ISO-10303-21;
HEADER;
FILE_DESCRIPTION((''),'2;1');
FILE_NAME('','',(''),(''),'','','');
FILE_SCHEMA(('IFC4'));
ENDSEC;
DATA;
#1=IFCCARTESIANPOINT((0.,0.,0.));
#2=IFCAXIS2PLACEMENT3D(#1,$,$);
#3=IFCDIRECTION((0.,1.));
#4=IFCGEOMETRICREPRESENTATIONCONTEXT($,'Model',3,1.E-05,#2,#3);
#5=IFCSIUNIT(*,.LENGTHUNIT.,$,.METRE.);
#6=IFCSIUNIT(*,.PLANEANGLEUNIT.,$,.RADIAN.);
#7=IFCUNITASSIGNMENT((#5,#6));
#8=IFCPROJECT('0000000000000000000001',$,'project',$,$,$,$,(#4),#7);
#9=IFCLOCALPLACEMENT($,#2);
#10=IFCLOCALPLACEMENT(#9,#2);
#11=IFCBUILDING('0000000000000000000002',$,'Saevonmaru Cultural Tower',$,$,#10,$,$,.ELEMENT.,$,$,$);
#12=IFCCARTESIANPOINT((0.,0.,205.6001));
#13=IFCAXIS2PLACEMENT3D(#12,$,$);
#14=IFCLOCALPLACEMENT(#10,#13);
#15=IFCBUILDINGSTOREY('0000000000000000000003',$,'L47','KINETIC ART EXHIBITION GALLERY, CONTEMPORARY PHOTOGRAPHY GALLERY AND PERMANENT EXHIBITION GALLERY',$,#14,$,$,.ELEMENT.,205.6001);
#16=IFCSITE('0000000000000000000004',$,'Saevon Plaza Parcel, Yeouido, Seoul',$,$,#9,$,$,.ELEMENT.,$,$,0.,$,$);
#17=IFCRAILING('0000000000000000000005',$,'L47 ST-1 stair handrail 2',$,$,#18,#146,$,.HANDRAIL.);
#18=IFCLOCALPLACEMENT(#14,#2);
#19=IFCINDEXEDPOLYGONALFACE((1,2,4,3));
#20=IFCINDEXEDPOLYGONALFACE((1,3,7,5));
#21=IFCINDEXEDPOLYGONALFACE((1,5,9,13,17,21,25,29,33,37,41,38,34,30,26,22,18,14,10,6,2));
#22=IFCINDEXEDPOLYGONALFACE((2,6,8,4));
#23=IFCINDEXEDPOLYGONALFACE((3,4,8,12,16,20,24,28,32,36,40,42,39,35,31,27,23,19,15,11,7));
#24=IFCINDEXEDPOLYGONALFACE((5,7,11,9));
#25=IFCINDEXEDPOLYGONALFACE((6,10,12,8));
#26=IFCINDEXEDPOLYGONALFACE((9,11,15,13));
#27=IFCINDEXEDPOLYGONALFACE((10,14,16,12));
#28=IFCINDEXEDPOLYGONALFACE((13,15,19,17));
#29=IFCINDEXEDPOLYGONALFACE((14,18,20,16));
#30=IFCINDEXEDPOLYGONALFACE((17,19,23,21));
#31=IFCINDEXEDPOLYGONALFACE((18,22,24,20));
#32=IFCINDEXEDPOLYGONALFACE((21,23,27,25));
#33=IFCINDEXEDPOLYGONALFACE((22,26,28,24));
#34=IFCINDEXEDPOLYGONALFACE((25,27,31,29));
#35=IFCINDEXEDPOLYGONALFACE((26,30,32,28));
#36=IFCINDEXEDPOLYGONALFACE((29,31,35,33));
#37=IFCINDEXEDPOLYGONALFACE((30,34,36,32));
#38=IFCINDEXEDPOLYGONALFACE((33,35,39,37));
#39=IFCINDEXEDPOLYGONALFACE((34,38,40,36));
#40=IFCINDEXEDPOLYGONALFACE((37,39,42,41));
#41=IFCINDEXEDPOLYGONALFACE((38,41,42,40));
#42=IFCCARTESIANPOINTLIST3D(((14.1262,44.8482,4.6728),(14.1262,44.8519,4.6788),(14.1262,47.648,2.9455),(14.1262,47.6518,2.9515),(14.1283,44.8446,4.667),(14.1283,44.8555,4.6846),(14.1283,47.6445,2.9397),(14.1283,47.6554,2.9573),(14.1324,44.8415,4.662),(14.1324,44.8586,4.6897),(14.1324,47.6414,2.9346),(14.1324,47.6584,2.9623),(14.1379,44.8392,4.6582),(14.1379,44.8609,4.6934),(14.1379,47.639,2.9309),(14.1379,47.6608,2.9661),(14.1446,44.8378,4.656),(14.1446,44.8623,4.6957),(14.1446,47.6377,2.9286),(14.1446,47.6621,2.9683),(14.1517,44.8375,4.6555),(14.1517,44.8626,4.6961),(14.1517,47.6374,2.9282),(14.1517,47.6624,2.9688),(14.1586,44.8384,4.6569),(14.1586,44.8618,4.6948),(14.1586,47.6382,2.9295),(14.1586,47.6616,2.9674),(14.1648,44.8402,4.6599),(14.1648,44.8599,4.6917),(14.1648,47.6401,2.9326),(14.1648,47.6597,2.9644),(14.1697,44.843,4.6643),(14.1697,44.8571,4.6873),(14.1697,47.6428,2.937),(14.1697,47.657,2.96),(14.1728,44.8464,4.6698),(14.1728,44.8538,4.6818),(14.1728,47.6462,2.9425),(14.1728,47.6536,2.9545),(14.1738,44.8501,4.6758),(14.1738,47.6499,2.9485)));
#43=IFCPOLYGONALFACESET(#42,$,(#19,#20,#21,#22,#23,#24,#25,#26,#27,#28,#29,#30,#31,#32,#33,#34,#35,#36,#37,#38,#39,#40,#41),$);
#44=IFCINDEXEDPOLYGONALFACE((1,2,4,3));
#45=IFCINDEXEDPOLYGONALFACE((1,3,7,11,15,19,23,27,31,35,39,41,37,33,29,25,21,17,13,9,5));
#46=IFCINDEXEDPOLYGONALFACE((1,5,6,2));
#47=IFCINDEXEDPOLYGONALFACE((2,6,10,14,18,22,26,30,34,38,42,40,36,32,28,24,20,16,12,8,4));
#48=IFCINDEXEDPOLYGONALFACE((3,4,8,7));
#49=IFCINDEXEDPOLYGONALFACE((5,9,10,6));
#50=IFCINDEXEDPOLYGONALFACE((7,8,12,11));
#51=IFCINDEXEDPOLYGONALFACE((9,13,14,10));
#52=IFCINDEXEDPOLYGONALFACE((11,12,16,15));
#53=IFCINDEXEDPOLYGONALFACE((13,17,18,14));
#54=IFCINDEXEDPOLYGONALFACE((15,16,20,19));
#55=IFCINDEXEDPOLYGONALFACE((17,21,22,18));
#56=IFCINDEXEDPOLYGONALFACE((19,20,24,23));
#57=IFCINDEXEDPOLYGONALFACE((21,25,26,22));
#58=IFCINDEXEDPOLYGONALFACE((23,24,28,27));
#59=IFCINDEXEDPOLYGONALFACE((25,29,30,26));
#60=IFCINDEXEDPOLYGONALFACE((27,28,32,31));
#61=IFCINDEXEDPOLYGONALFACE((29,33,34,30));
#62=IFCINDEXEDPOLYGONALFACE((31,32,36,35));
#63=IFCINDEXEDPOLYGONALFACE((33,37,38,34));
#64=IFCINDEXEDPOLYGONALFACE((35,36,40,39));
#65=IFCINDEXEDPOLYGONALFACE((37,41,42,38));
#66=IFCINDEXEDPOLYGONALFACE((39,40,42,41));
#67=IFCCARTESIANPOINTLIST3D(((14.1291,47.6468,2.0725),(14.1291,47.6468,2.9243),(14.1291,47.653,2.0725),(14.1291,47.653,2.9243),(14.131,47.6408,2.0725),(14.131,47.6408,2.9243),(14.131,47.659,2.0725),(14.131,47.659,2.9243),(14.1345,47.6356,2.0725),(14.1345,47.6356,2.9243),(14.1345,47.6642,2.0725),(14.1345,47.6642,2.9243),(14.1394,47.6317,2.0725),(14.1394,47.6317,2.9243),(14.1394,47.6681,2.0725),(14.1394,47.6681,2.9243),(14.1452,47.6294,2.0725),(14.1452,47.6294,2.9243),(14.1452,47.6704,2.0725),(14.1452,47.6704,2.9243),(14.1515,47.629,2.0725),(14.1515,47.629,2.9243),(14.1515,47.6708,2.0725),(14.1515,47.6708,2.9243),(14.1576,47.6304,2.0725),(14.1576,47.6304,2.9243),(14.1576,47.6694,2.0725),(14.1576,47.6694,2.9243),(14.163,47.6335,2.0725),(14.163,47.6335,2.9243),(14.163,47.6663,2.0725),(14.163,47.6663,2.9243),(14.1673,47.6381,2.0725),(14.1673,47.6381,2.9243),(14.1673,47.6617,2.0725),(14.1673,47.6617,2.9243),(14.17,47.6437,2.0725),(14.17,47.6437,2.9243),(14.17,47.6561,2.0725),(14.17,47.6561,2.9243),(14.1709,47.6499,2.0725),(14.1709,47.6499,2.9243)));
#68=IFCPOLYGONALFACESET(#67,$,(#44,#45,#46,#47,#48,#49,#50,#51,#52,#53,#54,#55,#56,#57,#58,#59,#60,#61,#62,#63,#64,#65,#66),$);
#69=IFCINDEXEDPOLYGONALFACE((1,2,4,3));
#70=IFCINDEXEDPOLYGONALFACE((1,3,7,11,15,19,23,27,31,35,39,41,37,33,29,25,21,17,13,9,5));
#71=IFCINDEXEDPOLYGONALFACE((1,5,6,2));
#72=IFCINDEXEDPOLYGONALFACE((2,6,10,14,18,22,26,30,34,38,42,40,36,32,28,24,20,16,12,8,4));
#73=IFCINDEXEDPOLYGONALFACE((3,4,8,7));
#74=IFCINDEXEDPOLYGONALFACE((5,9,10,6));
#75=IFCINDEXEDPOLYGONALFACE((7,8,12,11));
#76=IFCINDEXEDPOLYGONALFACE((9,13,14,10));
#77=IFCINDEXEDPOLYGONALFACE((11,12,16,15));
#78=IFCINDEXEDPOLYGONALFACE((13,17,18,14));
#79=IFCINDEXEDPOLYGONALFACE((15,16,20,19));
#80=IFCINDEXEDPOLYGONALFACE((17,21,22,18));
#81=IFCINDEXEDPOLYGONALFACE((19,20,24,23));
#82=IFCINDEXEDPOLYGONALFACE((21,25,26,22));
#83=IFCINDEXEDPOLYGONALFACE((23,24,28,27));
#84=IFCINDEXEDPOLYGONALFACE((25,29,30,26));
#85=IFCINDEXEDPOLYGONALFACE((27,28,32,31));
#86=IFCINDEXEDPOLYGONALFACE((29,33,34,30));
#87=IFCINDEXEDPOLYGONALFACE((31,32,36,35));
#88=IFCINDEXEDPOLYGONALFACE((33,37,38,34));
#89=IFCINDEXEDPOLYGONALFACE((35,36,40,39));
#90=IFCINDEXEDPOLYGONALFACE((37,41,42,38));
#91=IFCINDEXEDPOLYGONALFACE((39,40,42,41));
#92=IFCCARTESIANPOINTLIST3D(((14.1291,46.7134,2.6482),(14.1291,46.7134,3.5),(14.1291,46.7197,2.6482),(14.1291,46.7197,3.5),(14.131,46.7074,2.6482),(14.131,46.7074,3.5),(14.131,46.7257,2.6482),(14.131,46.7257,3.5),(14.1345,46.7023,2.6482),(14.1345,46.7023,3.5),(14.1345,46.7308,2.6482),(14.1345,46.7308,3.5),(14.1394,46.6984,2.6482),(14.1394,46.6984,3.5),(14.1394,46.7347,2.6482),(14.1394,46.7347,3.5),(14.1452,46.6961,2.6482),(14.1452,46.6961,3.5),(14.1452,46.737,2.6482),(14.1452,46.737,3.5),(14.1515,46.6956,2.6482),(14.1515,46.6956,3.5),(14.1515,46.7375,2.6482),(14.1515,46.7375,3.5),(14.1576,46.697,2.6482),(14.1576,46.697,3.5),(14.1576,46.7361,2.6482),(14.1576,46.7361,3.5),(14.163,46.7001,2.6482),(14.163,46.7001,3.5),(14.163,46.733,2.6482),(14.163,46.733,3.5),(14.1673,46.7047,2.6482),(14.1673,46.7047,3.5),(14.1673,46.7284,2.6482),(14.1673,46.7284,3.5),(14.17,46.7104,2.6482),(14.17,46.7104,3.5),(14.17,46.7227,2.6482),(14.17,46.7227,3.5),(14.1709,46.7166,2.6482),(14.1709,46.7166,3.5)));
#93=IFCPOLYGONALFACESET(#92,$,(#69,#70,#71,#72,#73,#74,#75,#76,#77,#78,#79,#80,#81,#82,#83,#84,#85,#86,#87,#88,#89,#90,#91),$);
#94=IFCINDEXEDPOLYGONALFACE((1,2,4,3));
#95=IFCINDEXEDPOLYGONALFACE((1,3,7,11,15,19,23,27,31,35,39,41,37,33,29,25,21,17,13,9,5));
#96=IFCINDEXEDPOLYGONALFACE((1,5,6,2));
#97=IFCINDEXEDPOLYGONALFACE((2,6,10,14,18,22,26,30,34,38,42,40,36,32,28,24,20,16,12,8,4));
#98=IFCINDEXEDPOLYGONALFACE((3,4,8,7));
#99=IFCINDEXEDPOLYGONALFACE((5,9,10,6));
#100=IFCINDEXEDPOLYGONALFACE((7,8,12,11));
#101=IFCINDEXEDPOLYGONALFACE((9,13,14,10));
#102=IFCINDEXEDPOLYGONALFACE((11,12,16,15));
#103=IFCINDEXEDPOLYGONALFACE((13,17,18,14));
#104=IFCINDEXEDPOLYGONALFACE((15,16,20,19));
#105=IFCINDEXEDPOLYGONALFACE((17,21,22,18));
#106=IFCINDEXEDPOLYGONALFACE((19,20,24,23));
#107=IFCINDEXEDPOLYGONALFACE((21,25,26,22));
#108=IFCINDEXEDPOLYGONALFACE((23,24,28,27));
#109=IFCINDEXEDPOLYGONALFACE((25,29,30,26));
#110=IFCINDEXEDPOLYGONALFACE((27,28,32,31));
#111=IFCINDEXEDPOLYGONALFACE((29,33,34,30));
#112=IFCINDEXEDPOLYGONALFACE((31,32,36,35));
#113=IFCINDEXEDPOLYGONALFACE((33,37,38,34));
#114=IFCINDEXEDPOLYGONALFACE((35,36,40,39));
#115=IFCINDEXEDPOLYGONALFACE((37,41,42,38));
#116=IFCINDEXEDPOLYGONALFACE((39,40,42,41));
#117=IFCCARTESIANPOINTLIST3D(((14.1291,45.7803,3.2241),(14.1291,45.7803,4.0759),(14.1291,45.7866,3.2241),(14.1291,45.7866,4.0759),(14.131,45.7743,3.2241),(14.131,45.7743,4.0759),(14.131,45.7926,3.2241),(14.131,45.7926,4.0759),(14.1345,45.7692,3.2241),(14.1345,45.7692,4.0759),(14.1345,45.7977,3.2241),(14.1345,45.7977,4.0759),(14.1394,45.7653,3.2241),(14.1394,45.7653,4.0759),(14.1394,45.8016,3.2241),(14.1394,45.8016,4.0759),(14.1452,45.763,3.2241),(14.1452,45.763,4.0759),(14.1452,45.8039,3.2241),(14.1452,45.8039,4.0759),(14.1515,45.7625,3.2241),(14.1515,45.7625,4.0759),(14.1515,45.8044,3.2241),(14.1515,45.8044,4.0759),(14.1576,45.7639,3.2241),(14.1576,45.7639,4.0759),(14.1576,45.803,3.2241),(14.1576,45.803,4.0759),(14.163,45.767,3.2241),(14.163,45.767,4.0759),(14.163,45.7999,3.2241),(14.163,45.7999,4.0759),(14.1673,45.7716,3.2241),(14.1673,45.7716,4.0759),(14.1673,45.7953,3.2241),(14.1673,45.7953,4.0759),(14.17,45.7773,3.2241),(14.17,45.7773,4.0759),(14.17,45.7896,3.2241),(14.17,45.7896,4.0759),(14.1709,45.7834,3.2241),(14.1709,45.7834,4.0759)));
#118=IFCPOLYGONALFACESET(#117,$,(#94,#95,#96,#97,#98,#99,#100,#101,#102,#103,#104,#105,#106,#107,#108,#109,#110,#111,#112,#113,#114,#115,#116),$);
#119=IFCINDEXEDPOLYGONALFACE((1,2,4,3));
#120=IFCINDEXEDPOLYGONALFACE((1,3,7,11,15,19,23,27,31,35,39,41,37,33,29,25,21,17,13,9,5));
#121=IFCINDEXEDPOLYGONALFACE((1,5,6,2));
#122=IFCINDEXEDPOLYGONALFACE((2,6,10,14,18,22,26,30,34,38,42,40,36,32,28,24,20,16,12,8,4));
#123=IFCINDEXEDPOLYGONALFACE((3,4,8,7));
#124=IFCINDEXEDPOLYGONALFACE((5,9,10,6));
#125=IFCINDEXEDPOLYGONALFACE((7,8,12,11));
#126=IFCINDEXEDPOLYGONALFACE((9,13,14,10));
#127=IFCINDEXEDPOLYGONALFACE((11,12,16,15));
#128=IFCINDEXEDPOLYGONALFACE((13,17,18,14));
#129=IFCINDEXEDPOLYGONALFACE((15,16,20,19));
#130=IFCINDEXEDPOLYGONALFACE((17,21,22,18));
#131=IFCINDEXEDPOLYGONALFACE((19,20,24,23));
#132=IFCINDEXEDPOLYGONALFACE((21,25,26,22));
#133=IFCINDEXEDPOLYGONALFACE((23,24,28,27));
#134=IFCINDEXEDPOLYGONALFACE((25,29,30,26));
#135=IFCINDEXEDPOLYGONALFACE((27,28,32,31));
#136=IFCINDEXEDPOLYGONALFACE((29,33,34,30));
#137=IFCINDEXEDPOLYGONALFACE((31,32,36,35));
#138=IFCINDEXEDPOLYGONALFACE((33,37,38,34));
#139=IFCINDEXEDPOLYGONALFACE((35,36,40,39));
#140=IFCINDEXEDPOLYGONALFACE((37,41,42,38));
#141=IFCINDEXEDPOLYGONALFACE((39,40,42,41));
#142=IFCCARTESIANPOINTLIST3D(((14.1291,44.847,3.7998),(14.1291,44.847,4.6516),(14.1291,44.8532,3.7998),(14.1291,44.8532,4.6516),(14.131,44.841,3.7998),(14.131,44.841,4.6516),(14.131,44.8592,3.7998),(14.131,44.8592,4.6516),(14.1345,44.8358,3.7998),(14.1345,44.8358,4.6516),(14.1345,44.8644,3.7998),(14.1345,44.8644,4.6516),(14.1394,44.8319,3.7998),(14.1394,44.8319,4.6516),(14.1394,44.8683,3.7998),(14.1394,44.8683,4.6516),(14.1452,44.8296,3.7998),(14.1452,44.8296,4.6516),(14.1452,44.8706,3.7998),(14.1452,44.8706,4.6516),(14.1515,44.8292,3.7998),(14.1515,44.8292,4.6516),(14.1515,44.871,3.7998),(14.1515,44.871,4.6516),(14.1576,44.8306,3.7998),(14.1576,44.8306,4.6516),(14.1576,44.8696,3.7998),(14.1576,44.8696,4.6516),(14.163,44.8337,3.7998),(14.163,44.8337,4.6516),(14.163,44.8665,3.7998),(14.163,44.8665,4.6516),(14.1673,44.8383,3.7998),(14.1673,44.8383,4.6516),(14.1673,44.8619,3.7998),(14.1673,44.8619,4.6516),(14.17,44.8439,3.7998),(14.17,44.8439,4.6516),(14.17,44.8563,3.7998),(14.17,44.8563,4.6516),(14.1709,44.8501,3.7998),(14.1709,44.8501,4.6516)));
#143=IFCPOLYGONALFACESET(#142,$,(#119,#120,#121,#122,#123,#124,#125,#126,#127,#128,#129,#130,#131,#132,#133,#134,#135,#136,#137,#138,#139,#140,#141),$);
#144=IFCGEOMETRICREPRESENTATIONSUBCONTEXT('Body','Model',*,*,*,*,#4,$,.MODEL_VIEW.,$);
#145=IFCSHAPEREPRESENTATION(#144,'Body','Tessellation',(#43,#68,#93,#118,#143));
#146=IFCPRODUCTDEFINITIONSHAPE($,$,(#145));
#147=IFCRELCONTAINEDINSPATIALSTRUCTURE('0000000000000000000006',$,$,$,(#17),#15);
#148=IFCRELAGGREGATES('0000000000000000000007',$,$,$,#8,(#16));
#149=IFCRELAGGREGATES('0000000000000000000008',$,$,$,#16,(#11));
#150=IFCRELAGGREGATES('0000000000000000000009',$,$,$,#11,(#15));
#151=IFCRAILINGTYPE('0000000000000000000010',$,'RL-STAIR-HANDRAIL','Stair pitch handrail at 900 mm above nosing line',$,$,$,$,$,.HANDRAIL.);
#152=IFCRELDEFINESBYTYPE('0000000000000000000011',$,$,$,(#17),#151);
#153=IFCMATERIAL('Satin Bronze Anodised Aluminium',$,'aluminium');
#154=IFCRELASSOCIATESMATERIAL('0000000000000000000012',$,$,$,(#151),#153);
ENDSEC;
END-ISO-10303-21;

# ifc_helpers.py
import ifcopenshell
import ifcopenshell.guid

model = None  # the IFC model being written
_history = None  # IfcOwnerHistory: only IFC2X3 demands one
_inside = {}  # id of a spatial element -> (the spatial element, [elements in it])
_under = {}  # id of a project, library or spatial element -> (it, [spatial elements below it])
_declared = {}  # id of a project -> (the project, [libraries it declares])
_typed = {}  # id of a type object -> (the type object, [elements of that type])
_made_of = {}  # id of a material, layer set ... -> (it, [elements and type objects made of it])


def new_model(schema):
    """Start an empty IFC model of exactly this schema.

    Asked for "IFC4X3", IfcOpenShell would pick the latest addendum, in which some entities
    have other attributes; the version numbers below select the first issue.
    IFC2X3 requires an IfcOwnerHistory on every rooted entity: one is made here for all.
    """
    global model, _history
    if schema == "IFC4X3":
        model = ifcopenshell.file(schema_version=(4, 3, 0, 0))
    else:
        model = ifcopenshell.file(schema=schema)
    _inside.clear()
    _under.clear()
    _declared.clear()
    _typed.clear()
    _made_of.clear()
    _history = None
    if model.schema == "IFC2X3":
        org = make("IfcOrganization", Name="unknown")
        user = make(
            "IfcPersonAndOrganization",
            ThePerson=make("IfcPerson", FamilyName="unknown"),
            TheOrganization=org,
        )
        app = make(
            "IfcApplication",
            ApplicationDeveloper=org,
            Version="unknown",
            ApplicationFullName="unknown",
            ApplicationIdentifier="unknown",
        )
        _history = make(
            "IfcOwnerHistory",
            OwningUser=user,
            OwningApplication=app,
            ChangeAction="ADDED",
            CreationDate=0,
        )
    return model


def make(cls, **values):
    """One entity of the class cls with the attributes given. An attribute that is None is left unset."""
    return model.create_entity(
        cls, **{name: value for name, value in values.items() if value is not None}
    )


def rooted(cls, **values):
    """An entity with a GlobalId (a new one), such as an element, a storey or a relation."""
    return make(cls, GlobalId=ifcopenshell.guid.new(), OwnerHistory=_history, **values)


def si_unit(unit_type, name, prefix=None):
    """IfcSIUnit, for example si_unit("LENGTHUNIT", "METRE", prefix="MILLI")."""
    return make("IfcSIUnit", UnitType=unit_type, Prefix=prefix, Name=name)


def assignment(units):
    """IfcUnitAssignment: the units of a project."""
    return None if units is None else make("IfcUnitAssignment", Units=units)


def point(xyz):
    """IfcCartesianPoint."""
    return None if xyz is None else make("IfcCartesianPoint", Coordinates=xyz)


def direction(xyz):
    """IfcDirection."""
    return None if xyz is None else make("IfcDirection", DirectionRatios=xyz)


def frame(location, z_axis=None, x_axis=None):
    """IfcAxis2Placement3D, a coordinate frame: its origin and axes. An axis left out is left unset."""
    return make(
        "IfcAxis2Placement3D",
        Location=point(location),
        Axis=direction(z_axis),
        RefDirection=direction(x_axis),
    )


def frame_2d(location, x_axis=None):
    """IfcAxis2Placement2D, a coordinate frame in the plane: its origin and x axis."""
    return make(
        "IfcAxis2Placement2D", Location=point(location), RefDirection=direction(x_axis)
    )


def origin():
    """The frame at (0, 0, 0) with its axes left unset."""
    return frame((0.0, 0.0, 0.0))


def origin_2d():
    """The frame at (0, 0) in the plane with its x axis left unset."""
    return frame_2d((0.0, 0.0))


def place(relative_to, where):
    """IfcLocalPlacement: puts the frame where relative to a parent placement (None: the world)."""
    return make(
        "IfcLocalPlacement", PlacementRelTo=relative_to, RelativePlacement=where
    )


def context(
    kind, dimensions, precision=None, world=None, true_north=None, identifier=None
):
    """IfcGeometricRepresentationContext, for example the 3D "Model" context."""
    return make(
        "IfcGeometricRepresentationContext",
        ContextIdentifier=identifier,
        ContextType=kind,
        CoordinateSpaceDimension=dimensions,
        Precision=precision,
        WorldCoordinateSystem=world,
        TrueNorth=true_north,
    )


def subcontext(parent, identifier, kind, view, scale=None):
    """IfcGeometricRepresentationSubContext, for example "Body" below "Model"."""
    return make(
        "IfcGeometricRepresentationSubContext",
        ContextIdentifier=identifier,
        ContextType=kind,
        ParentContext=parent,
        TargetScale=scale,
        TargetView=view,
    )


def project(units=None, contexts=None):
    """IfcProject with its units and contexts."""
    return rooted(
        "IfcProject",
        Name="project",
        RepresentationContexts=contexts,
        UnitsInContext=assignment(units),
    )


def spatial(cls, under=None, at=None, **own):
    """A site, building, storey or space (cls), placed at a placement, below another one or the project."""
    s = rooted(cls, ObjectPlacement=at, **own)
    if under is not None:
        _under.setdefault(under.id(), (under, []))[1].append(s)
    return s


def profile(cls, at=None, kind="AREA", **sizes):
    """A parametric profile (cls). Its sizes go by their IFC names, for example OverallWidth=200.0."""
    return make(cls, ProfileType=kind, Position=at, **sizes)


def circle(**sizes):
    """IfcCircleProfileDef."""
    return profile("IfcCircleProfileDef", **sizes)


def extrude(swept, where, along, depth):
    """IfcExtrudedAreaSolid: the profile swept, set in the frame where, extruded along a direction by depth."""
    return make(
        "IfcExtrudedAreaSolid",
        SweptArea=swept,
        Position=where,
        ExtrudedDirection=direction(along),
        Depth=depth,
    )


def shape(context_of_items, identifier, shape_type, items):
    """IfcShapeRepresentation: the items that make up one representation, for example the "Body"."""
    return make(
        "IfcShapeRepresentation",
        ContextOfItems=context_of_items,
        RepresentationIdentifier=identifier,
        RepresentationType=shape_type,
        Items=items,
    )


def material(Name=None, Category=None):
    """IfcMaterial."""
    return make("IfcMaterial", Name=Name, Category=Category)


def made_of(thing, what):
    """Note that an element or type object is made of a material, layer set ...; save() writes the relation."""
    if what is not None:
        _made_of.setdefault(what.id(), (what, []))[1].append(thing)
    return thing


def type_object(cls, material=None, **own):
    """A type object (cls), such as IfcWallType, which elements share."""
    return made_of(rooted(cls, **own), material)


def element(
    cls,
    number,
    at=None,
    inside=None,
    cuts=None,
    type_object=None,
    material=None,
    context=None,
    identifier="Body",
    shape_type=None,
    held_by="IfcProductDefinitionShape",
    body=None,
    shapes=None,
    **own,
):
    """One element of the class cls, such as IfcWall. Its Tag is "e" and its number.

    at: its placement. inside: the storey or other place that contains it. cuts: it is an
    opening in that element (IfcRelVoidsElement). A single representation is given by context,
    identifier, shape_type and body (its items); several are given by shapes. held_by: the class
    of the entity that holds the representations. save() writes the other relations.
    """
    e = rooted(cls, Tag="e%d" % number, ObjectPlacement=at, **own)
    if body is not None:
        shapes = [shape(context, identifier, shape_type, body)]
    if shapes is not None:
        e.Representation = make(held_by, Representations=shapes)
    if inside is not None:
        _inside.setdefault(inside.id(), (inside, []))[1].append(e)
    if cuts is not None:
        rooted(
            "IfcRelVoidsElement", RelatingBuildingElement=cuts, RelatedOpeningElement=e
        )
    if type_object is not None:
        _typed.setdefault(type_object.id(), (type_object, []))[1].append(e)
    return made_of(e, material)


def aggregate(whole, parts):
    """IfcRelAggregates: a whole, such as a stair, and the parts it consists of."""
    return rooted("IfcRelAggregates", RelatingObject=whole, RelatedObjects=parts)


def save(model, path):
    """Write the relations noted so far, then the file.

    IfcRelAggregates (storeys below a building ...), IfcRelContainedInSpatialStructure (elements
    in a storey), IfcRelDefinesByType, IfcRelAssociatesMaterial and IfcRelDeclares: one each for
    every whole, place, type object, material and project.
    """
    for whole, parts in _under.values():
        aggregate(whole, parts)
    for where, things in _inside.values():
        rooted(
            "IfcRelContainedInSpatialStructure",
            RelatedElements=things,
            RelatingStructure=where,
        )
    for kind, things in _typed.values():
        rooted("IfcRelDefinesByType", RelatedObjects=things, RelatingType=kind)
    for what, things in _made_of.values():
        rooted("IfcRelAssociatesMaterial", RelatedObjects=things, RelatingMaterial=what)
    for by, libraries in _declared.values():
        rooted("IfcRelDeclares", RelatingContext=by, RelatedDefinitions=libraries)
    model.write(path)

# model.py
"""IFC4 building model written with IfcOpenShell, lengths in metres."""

from ifc_helpers import new_model, si_unit, direction, frame, origin, origin_2d, place, context, subcontext, project, spatial, circle, extrude, material, type_object, element, save


model = new_model("IFC4")

# Units and contexts
model_context = context("Model", 3, precision=1e-05, world=origin(), true_north=direction((0.0, 1.0)))
body_context = subcontext(model_context, "Body", "Model", "MODEL_VIEW")
ifc_project = project(units=[si_unit("LENGTHUNIT", "METRE"), si_unit("PLANEANGLEUNIT", "RADIAN")], contexts=[model_context])

# Site, building, storey
site_placement = place(None, origin())
site = spatial("IfcSite", under=ifc_project, at=site_placement, Name="Saevon Plaza Parcel, Yeouido, Seoul", CompositionType="ELEMENT", RefElevation=0.0)
building_placement = place(site_placement, origin())
building = spatial("IfcBuilding", under=site, at=building_placement, Name="Saevonmaru Cultural Tower", CompositionType="ELEMENT")
storey_placement = place(building_placement, frame((0.0, 0.0, 205.6001)))
storey = spatial("IfcBuildingStorey", under=building, at=storey_placement, Name="L47", Description="KINETIC ART EXHIBITION GALLERY, CONTEMPORARY PHOTOGRAPHY GALLERY AND PERMANENT EXHIBITION GALLERY", CompositionType="ELEMENT", Elevation=205.6001)

# Shared definitions
ifc_material_1 = material(Name="Satin Bronze Anodised Aluminium", Category="aluminium")

# Railing
railing_type_1 = type_object("IfcRailingType", Name="RL-STAIR-HANDRAIL", Description="Stair pitch handrail at 900 mm above nosing line", PredefinedType="HANDRAIL", material=ifc_material_1)
railing_1_placement = place(storey_placement, frame((14.1499, 47.6499, 2.0725)))
element("IfcRailing", 1, at=railing_1_placement, inside=storey, type_object=railing_type_1, Name="L47 ST-1 stair handrail 2", PredefinedType="HANDRAIL", context=body_context, shape_type="SweptSolid", body=[
    extrude(circle(Radius=0.0239, at=origin_2d()), frame((0.0, 0.0, 0.876), z_axis=(0.0, -0.851069, 0.525054), x_axis=(1.0, 0.0, 0.0)), (0.0, 0.0, 1.0), 3.2898),
    extrude(circle(Radius=0.021, at=origin_2d()), origin(), (0.0, 0.0, 1.0), 0.8518),
    extrude(circle(Radius=0.021, at=origin_2d()), frame((0.0, -0.9333, 0.5757)), (0.0, 0.0, 1.0), 0.8518),
    extrude(circle(Radius=0.021, at=origin_2d()), frame((0.0, -1.8665, 1.1516)), (0.0, 0.0, 1.0), 0.8518),
    extrude(circle(Radius=0.021, at=origin_2d()), frame((0.0, -2.7998, 1.7273)), (0.0, 0.0, 1.0), 0.8518),
])

save(model, "model.ifc")
